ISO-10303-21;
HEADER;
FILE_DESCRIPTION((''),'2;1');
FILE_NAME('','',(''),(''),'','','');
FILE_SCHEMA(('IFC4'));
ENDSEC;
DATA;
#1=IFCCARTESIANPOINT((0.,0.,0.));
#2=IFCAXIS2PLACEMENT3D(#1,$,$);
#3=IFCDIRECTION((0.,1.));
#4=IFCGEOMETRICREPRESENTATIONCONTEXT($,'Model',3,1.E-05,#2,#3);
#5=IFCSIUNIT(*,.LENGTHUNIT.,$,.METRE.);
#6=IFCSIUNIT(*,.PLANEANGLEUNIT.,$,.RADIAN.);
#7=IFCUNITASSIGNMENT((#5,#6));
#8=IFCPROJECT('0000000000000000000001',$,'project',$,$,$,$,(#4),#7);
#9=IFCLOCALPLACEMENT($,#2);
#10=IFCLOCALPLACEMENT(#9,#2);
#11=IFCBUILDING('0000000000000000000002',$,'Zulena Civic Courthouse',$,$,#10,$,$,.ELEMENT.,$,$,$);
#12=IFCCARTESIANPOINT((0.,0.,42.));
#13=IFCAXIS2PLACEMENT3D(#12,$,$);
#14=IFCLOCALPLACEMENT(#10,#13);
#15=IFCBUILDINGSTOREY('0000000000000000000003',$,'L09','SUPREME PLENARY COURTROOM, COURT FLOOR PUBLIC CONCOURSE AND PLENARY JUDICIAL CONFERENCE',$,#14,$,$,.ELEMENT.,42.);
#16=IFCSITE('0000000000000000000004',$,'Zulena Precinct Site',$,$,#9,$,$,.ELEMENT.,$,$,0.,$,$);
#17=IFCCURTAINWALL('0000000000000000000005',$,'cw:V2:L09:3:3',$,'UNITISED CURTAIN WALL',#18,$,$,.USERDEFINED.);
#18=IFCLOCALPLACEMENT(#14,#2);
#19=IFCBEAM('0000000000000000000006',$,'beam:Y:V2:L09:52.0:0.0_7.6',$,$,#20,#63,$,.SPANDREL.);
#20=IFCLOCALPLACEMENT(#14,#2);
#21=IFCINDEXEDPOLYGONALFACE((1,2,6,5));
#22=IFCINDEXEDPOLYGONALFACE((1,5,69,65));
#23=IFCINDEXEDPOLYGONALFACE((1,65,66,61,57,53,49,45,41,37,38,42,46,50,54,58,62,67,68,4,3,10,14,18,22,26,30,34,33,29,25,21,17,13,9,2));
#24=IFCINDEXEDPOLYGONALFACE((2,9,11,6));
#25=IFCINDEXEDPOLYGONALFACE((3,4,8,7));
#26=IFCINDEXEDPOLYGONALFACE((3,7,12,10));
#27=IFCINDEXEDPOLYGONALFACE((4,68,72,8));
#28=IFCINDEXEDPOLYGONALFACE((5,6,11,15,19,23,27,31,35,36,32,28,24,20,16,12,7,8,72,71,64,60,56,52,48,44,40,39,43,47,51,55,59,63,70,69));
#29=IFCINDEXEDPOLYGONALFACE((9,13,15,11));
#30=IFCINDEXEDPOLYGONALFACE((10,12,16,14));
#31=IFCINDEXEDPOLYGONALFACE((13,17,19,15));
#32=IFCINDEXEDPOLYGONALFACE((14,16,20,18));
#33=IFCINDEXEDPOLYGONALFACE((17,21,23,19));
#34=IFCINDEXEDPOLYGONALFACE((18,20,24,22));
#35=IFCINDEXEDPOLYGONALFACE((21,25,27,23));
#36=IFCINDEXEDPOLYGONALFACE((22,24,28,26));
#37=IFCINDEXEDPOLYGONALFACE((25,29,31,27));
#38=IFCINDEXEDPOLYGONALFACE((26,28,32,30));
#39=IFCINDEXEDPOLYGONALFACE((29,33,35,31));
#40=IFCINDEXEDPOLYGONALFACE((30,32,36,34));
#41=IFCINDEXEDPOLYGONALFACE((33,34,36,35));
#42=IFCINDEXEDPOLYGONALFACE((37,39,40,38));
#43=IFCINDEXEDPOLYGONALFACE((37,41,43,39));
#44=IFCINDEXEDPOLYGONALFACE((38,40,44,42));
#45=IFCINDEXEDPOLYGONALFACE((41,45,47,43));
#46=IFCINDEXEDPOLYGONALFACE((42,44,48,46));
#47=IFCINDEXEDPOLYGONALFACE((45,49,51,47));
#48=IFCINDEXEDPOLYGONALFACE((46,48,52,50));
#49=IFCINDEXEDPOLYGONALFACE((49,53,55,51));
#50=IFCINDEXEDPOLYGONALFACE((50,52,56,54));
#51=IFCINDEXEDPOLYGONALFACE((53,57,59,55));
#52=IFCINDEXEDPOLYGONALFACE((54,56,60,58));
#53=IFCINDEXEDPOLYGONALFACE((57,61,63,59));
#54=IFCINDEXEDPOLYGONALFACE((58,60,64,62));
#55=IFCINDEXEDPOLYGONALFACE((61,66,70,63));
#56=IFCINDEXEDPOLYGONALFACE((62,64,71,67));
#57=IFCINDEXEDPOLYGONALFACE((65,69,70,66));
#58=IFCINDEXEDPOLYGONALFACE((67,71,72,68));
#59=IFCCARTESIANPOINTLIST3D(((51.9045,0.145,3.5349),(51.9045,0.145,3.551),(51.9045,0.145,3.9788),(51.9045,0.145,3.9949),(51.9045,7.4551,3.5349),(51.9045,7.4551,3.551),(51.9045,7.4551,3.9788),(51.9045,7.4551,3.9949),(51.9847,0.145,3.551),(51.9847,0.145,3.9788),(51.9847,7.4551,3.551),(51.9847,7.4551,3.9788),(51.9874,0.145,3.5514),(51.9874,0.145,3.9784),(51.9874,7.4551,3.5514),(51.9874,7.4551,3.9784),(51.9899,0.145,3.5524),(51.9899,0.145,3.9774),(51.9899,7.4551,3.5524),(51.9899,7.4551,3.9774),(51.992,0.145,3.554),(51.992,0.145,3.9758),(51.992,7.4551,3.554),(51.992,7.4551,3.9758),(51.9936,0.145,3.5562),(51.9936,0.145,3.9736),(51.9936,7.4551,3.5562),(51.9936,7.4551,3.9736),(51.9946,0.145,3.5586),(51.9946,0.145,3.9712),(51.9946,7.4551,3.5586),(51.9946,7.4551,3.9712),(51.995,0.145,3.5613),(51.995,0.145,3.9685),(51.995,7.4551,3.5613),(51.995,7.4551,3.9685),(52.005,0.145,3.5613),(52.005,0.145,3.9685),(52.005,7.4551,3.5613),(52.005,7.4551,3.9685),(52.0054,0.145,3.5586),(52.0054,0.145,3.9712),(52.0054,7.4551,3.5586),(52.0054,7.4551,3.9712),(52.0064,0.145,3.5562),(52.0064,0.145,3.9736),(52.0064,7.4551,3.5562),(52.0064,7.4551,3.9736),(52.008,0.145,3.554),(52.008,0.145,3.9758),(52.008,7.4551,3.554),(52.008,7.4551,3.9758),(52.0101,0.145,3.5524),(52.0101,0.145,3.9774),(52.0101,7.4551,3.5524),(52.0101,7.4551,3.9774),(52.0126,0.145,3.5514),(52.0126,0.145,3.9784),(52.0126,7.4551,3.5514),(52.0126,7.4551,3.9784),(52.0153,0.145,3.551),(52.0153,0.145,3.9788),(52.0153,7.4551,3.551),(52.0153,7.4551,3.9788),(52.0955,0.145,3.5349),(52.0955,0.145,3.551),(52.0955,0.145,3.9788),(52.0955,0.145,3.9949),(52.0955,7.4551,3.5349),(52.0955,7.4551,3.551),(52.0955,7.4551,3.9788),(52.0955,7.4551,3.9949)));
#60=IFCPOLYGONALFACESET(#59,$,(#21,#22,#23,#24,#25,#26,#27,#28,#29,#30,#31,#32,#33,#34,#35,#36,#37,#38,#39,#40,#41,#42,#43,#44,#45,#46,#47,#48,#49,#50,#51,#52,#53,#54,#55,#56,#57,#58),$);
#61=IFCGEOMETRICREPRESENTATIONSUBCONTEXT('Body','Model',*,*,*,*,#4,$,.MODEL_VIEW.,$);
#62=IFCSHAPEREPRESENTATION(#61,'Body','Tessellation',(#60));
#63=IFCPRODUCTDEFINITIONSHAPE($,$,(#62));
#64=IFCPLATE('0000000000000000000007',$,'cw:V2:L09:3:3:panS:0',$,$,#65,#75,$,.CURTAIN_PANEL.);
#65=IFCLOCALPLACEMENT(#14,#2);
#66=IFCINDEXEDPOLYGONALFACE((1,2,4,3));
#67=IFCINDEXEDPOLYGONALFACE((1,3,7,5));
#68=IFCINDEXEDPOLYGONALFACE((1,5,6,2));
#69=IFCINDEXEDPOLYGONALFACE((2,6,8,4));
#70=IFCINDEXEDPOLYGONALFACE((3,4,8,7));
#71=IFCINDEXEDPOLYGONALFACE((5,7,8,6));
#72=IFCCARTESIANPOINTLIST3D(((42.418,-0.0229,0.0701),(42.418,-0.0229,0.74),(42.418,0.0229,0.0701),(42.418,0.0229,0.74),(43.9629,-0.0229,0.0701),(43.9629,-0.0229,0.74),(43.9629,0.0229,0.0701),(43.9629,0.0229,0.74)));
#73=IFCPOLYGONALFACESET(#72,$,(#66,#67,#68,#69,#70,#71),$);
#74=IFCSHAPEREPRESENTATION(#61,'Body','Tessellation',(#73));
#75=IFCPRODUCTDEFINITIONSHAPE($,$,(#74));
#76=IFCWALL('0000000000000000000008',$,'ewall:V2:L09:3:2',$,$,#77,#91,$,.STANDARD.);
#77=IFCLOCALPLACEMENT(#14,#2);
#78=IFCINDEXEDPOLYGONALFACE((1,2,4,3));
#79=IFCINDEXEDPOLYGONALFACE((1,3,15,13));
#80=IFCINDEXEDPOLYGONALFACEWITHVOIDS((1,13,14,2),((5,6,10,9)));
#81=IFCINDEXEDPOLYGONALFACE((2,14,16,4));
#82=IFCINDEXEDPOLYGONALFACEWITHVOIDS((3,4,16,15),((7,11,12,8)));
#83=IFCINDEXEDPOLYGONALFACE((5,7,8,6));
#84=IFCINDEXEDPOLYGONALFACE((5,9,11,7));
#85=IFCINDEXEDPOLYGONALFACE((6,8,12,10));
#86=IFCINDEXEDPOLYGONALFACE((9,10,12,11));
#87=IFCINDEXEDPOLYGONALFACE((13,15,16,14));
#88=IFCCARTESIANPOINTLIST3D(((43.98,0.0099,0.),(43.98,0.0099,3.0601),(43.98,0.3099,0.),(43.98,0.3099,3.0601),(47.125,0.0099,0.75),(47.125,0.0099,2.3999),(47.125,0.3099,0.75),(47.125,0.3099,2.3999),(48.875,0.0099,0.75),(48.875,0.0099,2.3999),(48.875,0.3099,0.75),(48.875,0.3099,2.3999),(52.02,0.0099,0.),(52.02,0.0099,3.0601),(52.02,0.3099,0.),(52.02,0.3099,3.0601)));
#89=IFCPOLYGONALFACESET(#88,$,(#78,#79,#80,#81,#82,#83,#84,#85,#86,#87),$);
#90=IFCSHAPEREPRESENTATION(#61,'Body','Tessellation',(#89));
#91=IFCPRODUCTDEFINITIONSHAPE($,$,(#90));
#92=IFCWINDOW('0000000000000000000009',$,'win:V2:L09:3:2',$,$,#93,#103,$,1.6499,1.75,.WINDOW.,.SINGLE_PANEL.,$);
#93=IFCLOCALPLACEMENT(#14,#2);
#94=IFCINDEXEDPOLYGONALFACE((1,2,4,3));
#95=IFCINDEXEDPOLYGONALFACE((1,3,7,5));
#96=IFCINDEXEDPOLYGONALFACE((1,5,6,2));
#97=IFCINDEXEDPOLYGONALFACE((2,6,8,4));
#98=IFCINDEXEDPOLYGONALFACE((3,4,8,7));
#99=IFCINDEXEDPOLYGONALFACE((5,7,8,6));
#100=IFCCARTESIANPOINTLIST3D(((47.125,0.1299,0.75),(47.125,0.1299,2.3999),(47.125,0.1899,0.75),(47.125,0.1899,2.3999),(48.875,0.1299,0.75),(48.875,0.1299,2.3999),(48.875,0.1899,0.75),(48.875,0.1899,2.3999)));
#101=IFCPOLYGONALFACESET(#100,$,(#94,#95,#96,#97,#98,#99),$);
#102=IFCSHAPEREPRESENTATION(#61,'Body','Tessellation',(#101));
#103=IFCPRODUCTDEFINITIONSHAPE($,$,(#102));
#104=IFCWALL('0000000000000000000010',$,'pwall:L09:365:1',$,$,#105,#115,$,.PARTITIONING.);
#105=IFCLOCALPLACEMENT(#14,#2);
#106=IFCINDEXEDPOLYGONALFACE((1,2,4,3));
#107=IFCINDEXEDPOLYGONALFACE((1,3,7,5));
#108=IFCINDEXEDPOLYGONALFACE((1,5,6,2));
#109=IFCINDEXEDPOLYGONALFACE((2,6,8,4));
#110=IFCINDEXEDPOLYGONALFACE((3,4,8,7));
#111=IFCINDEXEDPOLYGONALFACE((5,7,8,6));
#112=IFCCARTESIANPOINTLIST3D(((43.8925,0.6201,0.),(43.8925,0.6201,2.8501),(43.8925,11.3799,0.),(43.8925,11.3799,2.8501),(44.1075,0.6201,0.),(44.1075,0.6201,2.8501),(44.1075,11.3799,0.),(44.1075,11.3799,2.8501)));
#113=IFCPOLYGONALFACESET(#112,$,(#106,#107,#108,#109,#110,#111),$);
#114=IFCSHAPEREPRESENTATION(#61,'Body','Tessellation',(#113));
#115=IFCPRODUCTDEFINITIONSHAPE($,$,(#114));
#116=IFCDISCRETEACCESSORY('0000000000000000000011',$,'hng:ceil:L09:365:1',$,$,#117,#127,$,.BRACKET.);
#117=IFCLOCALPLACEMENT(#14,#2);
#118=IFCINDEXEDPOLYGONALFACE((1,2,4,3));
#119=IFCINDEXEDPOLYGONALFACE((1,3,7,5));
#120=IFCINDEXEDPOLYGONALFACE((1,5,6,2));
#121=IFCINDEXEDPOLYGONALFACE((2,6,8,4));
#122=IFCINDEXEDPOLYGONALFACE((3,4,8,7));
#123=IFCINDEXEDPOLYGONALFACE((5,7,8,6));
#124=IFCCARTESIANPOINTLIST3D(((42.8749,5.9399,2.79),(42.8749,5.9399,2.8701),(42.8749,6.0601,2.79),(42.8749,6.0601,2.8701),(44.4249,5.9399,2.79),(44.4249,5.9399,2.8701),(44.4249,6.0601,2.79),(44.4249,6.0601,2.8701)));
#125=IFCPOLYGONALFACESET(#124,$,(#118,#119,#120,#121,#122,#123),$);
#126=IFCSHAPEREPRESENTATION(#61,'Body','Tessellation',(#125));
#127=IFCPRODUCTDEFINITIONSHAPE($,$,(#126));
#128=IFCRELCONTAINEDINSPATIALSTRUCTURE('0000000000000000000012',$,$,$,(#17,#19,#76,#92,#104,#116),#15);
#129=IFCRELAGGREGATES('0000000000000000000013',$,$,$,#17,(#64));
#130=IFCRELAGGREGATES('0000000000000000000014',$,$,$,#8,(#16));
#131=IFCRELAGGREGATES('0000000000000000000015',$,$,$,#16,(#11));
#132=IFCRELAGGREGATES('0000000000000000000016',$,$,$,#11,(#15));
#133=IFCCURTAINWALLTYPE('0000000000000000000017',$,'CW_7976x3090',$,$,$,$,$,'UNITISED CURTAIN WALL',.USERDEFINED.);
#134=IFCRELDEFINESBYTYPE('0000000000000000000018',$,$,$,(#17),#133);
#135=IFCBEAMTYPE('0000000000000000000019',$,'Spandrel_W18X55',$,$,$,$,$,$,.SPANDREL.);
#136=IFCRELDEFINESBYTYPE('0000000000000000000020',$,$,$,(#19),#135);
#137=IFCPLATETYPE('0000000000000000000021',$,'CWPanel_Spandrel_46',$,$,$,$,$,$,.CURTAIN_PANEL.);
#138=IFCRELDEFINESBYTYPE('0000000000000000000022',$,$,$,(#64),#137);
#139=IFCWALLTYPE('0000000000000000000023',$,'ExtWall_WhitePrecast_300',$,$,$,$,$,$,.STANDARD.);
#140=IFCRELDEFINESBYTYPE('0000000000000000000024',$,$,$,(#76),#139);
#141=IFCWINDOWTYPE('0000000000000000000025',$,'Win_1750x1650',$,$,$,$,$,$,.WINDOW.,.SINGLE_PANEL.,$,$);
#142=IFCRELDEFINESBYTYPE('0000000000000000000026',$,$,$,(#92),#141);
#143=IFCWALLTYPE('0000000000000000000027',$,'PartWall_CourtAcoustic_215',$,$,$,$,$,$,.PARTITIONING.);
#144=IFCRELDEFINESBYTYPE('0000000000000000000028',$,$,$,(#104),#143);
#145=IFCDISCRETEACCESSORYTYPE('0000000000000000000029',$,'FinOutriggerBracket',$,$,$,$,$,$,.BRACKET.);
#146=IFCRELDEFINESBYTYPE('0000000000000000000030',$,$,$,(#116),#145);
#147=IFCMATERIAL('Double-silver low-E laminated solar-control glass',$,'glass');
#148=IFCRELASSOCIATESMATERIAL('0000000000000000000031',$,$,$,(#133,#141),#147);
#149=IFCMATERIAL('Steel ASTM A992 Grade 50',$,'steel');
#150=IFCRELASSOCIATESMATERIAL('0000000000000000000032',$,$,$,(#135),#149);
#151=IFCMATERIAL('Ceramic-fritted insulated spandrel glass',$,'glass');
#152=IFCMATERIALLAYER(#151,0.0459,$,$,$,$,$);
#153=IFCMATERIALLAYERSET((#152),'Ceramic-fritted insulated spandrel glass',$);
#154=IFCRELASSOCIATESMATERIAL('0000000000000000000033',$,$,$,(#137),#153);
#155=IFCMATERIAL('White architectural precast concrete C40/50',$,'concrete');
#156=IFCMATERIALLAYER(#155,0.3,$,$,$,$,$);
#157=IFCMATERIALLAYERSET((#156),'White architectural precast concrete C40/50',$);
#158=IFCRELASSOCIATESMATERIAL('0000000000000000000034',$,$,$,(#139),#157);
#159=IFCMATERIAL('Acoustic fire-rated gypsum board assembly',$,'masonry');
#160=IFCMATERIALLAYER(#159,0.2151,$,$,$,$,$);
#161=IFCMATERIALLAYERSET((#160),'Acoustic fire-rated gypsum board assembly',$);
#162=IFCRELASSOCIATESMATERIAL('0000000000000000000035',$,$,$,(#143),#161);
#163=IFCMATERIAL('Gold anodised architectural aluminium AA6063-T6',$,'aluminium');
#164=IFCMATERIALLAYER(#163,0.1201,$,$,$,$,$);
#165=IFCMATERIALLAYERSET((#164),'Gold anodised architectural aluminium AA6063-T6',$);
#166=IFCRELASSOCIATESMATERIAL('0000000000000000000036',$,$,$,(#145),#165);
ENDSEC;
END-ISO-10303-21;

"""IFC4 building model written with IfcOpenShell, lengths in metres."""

from ifc_helpers import new_model, si_unit, direction, frame, frame_2d, origin, origin_2d, place, context, subcontext, project, spatial, rectangle, i_section, extrude, material, layer, layer_set, material_profile, profile_set, type_object, element, fill, aggregate, save


model = new_model("IFC4")

# Units and contexts
model_context = context("Model", 3, precision=1e-05, world=origin(), true_north=direction((0.0, 1.0)))
body_context = subcontext(model_context, "Body", "Model", "MODEL_VIEW")
ifc_project = project(units=[si_unit("LENGTHUNIT", "METRE"), si_unit("PLANEANGLEUNIT", "RADIAN")], contexts=[model_context])

# Site, building, storey
site_placement = place(None, origin())
site = spatial("IfcSite", under=ifc_project, at=site_placement, Name="Zulena Precinct Site", CompositionType="ELEMENT", RefElevation=0.0)
building_placement = place(site_placement, origin())
building = spatial("IfcBuilding", under=site, at=building_placement, Name="Zulena Civic Courthouse", CompositionType="ELEMENT")
storey_placement = place(building_placement, frame((0.0, 0.0, 42.0)))
storey = spatial("IfcBuildingStorey", under=building, at=storey_placement, Name="L09", Description="SUPREME PLENARY COURTROOM, COURT FLOOR PUBLIC CONCOURSE AND PLENARY JUDICIAL CONFERENCE", CompositionType="ELEMENT", Elevation=42.0)

# Shared definitions
ifc_material_1 = material(Name="Steel ASTM A992 Grade 50", Category="steel")

# Curtain wall
ifc_material_2 = material(Name="Double-silver low-E laminated solar-control glass", Category="glass")
curtain_wall_type = type_object("IfcCurtainWallType", Name="CW_7976x3090", ElementType="UNITISED CURTAIN WALL", PredefinedType="USERDEFINED", material=ifc_material_2)
curtain_wall_placement = place(storey_placement, origin())
curtain_wall = element("IfcCurtainWall", 1, at=curtain_wall_placement, inside=storey, type_object=curtain_wall_type, Name="cw:V2:L09:3:3", ObjectType="UNITISED CURTAIN WALL", PredefinedType="USERDEFINED")

# Beam
ifc_material_profile_1 = material_profile(ifc_material_1, i_section(OverallWidth=0.1909, OverallDepth=0.46, WebThickness=0.01, FlangeThickness=0.0161, FilletRadius=0.0103, at=origin_2d()), Name="W18X55")
ifc_profile_set_1 = profile_set([ifc_material_profile_1], Name="Steel ASTM A992 Grade 50")
beam_type_1 = type_object("IfcBeamType", Name="Spandrel_W18X55", PredefinedType="SPANDREL", material=ifc_profile_set_1)
for number, where, z_axis, x_axis, name in (
    (2, (52.0, 0.145, 3.7649), (0.0, 1.0, 0.0), (-1.0, 0.0, 0.0), "beam:Y:V2:L09:52.0:0.0_7.6"),
):
    element("IfcBeam", number, at=place(storey_placement, frame(where, z_axis=z_axis, x_axis=x_axis)), inside=storey, type_object=beam_type_1, Name=name, PredefinedType="SPANDREL", context=body_context, shape_type="SweptSolid", body=[
        extrude(i_section(OverallWidth=0.1909, OverallDepth=0.46, WebThickness=0.01, FlangeThickness=0.0161, FilletRadius=0.0103, at=origin_2d()), origin(), (0.0, 0.0, 1.0), 7.3101),
    ])

# Plate
ifc_material_3 = material(Name="Ceramic-fritted insulated spandrel glass", Category="glass")
ifc_layer_1 = layer(ifc_material_3, 0.0459)
ifc_layer_set_1 = layer_set([ifc_layer_1], Name="Ceramic-fritted insulated spandrel glass")
plate_type = type_object("IfcPlateType", Name="CWPanel_Spandrel_46", PredefinedType="CURTAIN_PANEL", material=ifc_layer_set_1)
plate_placement = place(storey_placement, frame((43.1904, 0.0, 0.0701), z_axis=(0.0, 0.0, 1.0), x_axis=(-1.0, 0.0, 0.0)))
plate = element("IfcPlate", 3, at=plate_placement, type_object=plate_type, Name="cw:V2:L09:3:3:panS:0", PredefinedType="CURTAIN_PANEL", context=body_context, shape_type="SweptSolid", body=[
    extrude(rectangle(XDim=1.5449, YDim=0.0459, at=origin_2d()), origin(), (0.0, 0.0, 1.0), 0.6699),
])
aggregate(curtain_wall, [plate])

# Wall, opening, window
ifc_material_4 = material(Name="White architectural precast concrete C40/50", Category="concrete")
ifc_layer_2 = layer(ifc_material_4, 0.3)
ifc_layer_set_2 = layer_set([ifc_layer_2], Name="White architectural precast concrete C40/50")
wall_type_1 = type_object("IfcWallType", Name="ExtWall_WhitePrecast_300", PredefinedType="STANDARD", material=ifc_layer_set_2)
wall_1_placement = place(storey_placement, frame((52.02, 0.1599, 0.0), z_axis=(0.0, 0.0, 1.0), x_axis=(-1.0, 0.0, 0.0)))
wall_1 = element("IfcWall", 4, at=wall_1_placement, inside=storey, type_object=wall_type_1, Name="ewall:V2:L09:3:2", PredefinedType="STANDARD", context=body_context, shape_type="SweptSolid", body=[
    extrude(rectangle(XDim=8.04, YDim=0.3, at=frame_2d((4.02, 0.0))), origin(), (0.0, 0.0, 1.0), 3.0601),
])
opening_placement = place(wall_1_placement, frame((3.145, 0.0, 0.75)))
opening = element("IfcOpeningElement", 5, at=opening_placement, cuts=wall_1, PredefinedType="OPENING", context=body_context, shape_type="SweptSolid", body=[
    extrude(rectangle(XDim=1.75, YDim=1.6499, at=frame_2d((0.875, 0.825))), frame((0.0, 0.1599, 0.0), z_axis=(0.0, -1.0, 0.0), x_axis=(1.0, 0.0, 0.0)), (0.0, 0.0, 1.0), 0.3201),
])
window_type = type_object("IfcWindowType", Name="Win_1750x1650", PartitioningType="SINGLE_PANEL", PredefinedType="WINDOW", material=ifc_material_2)
window_placement = place(opening_placement, origin())
window = element("IfcWindow", 6, at=window_placement, inside=storey, type_object=window_type, Name="win:V2:L09:3:2", OverallHeight=1.6499, OverallWidth=1.75, PartitioningType="SINGLE_PANEL", PredefinedType="WINDOW", context=body_context, shape_type="SweptSolid", body=[
    extrude(rectangle(XDim=1.75, YDim=1.6499, at=frame_2d((0.875, 0.825))), frame((0.0, 0.03, 0.0), z_axis=(0.0, -1.0, 0.0), x_axis=(1.0, 0.0, 0.0)), (0.0, 0.0, 1.0), 0.0601),
])
fill(opening, window)

# Wall
ifc_material_5 = material(Name="Acoustic fire-rated gypsum board assembly", Category="masonry")
ifc_layer_3 = layer(ifc_material_5, 0.2151)
ifc_layer_set_3 = layer_set([ifc_layer_3], Name="Acoustic fire-rated gypsum board assembly")
wall_type_2 = type_object("IfcWallType", Name="PartWall_CourtAcoustic_215", PredefinedType="PARTITIONING", material=ifc_layer_set_3)
wall_2_placement = place(storey_placement, frame((44.0, 0.6201, 0.0), z_axis=(0.0, 0.0, 1.0), x_axis=(0.0, 1.0, 0.0)))
element("IfcWall", 7, at=wall_2_placement, inside=storey, type_object=wall_type_2, Name="pwall:L09:365:1", PredefinedType="PARTITIONING", context=body_context, shape_type="SweptSolid", body=[
    extrude(rectangle(XDim=10.7598, YDim=0.2151, at=frame_2d((5.3799, 0.0))), origin(), (0.0, 0.0, 1.0), 2.8501),
])

# Discrete accessory
ifc_material_6 = material(Name="Gold anodised architectural aluminium AA6063-T6", Category="aluminium")
ifc_layer_4 = layer(ifc_material_6, 0.1201)
ifc_layer_set_4 = layer_set([ifc_layer_4], Name="Gold anodised architectural aluminium AA6063-T6")
discrete_accessory_type = type_object("IfcDiscreteAccessoryType", Name="FinOutriggerBracket", PredefinedType="BRACKET", material=ifc_layer_set_4)
discrete_accessory_placement = place(storey_placement, frame((43.6499, 6.0, 2.79), z_axis=(0.0, 0.0, 1.0), x_axis=(1.0, 0.0, 0.0)))
element("IfcDiscreteAccessory", 8, at=discrete_accessory_placement, inside=storey, type_object=discrete_accessory_type, Name="hng:ceil:L09:365:1", PredefinedType="BRACKET", context=body_context, shape_type="SweptSolid", body=[
    extrude(rectangle(XDim=1.55, YDim=0.1201, at=origin_2d()), origin(), (0.0, 0.0, 1.0), 0.0801),
])

save(model, "model.ifc")
